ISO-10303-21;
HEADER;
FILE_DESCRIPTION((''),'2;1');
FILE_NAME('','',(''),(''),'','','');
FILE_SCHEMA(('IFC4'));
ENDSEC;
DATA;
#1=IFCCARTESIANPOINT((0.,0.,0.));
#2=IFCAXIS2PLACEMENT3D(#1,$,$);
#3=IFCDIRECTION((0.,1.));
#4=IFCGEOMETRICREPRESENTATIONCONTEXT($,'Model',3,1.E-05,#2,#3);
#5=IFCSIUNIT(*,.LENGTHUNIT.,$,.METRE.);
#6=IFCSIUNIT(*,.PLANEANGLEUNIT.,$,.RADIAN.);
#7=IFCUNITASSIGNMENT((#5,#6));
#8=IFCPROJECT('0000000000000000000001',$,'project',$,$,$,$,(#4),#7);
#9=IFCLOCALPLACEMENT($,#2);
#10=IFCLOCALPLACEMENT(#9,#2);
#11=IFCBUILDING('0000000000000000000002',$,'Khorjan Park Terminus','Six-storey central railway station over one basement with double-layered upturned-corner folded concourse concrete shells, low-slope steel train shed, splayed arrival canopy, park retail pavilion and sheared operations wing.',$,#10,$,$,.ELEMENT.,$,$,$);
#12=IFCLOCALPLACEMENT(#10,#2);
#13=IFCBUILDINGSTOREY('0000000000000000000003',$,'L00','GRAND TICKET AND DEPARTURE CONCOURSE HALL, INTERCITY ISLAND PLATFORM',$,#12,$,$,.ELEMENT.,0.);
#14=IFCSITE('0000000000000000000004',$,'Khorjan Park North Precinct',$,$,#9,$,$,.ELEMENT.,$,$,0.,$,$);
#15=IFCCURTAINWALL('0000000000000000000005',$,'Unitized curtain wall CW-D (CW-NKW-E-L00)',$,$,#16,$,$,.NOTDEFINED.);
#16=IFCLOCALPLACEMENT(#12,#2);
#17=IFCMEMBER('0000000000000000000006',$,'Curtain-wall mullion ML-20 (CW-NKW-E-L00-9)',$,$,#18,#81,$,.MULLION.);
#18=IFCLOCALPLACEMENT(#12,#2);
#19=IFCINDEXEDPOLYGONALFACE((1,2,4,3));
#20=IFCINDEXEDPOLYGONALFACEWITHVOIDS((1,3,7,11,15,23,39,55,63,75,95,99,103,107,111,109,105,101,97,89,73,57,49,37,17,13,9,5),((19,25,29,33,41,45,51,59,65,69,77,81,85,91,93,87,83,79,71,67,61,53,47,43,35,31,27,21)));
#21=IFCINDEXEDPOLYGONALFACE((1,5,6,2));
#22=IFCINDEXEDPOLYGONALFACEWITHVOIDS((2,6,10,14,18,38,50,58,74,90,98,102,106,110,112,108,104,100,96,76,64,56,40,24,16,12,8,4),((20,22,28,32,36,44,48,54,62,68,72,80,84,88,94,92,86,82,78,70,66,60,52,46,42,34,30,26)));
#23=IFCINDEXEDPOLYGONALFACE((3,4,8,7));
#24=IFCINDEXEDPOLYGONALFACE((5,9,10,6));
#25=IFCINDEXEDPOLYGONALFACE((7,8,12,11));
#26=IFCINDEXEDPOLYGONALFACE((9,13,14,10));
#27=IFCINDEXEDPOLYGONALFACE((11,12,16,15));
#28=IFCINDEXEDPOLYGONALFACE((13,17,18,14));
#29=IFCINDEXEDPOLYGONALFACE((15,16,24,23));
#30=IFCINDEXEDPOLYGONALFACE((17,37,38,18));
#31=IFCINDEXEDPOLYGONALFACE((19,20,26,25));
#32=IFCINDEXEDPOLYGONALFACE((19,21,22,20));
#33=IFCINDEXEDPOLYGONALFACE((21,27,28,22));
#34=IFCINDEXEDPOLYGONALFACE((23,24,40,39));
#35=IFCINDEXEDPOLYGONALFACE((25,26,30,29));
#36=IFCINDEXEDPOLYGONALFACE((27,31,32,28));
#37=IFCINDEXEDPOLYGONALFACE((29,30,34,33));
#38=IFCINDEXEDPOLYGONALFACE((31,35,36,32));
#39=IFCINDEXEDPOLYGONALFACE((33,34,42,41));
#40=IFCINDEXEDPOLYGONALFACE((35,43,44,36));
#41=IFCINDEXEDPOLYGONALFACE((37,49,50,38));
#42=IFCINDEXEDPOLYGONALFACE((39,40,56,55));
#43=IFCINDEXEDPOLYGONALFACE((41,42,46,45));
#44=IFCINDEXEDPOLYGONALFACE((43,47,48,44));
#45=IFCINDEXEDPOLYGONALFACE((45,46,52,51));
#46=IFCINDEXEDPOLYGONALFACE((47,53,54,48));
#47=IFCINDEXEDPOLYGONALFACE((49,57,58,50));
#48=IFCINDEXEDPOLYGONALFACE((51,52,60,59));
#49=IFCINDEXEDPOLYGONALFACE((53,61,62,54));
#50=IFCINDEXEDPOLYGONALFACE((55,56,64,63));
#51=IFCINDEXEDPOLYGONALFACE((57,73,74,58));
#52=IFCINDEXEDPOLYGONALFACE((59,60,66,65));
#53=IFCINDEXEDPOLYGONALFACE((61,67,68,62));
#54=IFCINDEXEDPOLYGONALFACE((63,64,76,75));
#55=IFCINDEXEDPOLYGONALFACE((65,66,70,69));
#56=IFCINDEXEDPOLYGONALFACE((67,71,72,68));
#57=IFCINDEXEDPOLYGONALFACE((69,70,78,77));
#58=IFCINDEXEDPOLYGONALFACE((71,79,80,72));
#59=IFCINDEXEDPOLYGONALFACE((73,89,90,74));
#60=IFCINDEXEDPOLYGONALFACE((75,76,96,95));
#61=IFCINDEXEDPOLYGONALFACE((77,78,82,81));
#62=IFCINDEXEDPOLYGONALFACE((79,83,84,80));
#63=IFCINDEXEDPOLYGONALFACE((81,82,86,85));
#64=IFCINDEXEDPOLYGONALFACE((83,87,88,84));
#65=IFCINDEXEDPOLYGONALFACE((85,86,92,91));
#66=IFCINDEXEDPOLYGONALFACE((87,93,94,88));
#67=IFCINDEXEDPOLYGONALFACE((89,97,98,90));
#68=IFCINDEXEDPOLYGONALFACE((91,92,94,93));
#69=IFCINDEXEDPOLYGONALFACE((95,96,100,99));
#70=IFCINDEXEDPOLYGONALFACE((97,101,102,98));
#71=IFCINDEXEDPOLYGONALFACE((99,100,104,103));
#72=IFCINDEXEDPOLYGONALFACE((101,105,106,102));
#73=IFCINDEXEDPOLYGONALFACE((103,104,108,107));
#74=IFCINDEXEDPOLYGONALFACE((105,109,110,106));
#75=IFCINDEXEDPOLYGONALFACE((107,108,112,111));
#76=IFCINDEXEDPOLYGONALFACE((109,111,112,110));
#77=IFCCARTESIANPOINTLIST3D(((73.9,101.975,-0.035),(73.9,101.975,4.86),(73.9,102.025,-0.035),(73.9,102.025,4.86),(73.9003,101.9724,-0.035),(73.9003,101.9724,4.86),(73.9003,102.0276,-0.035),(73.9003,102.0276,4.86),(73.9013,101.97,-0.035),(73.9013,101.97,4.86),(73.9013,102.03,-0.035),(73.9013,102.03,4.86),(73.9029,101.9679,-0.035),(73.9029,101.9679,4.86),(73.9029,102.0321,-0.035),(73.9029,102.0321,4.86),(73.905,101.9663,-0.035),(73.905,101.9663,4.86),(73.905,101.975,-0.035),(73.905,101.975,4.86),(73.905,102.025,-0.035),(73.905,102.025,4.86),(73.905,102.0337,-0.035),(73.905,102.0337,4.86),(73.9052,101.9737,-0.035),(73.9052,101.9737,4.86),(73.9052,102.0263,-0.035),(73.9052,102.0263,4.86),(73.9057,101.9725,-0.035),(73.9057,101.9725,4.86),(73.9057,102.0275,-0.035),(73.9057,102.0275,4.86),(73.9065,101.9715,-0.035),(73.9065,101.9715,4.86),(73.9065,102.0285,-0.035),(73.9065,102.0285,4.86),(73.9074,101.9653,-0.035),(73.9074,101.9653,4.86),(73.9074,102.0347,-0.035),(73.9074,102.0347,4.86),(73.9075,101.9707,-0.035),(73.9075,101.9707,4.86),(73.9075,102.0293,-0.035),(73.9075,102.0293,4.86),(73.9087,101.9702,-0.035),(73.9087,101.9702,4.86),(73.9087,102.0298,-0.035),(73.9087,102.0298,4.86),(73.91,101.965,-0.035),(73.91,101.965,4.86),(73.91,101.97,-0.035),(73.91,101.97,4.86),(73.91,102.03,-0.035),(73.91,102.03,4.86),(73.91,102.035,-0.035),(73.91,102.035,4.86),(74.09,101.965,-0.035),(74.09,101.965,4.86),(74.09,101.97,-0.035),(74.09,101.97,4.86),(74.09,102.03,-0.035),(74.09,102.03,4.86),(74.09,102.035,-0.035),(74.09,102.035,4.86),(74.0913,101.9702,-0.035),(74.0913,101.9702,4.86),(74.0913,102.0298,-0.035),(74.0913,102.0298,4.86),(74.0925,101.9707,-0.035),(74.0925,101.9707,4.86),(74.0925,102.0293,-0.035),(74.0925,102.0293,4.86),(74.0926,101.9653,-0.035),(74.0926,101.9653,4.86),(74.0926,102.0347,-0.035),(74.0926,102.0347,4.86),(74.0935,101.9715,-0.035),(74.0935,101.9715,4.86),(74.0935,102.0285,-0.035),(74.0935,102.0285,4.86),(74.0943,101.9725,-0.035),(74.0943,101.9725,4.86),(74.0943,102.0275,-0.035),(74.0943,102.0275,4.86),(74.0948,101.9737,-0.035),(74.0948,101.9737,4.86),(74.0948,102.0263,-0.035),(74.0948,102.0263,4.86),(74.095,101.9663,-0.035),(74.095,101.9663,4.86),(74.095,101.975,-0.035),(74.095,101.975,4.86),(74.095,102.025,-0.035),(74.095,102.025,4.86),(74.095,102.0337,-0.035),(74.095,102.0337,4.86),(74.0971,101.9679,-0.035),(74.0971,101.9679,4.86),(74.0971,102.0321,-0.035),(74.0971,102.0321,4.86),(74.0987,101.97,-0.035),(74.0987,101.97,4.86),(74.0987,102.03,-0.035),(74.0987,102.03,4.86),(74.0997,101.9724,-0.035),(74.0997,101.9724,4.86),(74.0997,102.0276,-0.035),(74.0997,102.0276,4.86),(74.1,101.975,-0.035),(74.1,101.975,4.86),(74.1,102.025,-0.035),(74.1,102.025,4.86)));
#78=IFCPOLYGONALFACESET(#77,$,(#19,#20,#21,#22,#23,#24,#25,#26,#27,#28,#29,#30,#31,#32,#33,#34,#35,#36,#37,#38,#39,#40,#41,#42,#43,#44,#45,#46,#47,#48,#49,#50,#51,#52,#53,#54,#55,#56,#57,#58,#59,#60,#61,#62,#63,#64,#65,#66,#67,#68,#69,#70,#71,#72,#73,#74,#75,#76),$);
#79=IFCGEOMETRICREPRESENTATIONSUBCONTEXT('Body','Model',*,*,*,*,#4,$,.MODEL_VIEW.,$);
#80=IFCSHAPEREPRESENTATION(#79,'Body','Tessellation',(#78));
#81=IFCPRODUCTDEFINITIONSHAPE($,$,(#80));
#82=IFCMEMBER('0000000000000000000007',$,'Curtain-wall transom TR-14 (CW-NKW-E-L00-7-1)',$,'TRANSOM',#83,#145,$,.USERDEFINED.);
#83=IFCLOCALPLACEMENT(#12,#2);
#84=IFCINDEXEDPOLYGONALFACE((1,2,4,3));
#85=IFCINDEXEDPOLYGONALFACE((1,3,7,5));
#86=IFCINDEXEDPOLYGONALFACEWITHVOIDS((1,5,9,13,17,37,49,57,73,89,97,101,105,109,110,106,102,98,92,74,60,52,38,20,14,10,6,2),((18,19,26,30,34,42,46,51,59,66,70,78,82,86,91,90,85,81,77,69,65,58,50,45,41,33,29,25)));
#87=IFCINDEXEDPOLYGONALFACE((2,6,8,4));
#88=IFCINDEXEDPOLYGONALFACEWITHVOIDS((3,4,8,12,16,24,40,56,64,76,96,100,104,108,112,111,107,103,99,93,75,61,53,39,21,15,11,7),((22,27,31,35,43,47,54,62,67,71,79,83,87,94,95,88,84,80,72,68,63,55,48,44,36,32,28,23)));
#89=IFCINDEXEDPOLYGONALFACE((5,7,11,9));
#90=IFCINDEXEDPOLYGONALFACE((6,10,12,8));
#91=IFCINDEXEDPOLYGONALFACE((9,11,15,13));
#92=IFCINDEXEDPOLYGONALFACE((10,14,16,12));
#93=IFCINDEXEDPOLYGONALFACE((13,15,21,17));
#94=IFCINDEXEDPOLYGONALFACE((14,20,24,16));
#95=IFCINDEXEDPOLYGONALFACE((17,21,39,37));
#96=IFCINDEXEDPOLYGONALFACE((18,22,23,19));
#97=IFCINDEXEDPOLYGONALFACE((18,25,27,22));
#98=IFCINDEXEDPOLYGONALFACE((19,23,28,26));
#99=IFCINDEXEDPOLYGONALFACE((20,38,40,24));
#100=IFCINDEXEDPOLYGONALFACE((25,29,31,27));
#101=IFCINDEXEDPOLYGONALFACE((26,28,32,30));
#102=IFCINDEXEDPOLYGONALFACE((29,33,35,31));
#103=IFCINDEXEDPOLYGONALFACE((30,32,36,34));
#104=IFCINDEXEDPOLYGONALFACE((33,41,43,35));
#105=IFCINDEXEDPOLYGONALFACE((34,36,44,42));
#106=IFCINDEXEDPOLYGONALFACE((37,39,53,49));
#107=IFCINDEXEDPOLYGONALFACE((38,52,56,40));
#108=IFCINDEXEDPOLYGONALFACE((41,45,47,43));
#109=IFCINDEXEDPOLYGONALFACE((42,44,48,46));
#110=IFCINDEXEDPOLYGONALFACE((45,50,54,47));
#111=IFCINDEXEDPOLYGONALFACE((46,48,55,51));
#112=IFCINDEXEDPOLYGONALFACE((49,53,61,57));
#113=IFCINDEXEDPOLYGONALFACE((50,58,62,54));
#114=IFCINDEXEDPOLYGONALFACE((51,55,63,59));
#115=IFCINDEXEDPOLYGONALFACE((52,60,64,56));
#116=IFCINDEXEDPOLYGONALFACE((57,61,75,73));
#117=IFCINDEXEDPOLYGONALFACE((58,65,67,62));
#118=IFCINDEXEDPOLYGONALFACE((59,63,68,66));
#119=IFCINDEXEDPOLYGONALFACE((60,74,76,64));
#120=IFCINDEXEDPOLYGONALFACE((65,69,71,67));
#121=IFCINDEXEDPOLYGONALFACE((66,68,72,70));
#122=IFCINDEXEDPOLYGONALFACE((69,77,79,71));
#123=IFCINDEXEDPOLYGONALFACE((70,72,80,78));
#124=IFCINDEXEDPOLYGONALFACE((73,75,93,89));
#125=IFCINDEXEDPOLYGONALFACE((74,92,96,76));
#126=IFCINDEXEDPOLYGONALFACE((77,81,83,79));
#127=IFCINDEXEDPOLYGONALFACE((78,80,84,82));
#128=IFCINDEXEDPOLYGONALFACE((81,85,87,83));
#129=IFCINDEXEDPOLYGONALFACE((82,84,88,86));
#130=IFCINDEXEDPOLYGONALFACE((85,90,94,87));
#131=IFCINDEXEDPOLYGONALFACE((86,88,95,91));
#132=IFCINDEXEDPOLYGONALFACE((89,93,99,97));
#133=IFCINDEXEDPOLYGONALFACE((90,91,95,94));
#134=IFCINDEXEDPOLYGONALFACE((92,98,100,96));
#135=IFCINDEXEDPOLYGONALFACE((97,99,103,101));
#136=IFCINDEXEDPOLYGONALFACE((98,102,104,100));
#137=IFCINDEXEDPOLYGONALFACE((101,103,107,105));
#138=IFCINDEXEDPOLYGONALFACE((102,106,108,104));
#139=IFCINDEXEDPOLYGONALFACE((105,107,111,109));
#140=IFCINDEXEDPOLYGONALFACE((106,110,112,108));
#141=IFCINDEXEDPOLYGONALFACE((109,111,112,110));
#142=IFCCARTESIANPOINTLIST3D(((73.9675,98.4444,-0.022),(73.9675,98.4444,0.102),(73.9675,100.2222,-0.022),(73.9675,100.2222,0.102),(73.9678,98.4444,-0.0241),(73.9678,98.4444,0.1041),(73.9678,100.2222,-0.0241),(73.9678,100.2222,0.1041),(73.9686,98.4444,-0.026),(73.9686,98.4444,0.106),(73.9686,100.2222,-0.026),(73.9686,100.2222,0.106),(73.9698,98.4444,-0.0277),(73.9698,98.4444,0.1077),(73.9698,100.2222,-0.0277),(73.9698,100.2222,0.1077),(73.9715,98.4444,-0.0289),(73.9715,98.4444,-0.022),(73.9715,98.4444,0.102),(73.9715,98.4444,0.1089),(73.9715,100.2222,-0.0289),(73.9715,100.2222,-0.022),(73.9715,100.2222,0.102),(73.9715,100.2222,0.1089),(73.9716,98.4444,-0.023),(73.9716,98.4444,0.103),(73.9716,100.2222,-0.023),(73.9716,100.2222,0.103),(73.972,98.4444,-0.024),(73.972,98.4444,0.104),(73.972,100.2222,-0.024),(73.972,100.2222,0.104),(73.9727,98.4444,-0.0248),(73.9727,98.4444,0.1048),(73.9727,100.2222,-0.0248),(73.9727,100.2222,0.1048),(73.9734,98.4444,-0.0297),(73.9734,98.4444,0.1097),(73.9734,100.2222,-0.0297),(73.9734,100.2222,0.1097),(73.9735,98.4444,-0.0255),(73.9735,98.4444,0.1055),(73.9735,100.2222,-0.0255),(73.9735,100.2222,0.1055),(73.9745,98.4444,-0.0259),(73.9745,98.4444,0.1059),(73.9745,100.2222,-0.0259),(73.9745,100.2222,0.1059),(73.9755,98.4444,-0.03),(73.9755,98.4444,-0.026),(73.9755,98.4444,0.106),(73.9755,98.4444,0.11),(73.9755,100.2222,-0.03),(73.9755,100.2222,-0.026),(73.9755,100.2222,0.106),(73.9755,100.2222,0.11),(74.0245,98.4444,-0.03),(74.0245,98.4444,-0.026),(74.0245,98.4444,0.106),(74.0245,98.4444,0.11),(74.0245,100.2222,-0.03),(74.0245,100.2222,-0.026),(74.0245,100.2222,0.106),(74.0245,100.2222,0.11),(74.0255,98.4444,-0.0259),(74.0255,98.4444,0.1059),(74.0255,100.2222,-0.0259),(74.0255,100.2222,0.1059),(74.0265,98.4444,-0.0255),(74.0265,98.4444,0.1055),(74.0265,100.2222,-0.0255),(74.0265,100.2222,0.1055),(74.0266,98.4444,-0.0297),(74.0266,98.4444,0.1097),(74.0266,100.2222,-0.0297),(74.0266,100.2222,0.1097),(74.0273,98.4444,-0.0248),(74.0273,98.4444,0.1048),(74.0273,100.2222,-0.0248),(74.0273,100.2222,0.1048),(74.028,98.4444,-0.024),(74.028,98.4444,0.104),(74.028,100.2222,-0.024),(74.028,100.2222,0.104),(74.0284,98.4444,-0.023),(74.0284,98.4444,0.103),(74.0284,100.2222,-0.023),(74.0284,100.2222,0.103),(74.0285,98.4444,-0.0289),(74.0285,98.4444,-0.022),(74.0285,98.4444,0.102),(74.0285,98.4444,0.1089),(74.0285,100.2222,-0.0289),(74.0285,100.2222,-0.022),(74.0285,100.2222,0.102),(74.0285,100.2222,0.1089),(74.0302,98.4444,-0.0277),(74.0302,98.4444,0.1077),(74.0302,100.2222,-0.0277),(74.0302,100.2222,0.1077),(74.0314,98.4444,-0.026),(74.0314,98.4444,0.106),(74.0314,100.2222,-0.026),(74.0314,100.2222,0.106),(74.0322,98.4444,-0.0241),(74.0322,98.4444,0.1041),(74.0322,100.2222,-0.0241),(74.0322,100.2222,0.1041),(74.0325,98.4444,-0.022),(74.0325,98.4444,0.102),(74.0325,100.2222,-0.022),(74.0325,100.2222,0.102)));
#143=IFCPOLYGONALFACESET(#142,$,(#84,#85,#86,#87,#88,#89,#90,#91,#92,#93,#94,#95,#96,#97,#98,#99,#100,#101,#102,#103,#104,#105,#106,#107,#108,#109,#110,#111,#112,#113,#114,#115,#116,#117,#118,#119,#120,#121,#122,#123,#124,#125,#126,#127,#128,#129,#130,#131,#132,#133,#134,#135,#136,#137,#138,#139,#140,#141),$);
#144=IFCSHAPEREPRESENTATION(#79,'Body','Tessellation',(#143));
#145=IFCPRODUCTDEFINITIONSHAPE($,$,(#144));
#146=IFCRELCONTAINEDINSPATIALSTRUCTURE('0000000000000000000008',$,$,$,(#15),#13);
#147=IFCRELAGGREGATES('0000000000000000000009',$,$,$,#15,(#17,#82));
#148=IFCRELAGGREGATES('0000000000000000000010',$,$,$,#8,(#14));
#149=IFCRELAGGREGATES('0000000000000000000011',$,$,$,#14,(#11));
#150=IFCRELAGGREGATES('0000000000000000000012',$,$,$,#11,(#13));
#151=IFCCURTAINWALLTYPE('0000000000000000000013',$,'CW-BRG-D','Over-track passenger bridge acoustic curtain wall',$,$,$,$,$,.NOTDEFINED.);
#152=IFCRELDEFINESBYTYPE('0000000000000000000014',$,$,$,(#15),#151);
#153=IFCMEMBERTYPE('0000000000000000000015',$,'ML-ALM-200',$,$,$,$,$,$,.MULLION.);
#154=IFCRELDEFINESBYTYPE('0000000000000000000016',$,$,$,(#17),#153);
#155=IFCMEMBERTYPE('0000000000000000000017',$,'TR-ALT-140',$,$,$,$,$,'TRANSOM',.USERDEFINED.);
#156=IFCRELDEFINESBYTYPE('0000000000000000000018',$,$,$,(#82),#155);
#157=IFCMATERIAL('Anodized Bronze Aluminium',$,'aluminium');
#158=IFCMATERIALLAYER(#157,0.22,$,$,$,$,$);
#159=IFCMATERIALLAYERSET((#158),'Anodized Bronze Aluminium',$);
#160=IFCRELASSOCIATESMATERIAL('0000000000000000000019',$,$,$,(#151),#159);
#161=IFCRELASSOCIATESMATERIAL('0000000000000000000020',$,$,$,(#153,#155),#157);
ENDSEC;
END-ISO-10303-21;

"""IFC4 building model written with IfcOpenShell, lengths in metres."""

from ifc_helpers import new_model, si_unit, direction, frame, origin, origin_2d, place, context, subcontext, project, spatial, hollow_rectangle, extrude, material, layer, layer_set, material_profile, profile_set, type_object, element, aggregate, save


model = new_model("IFC4")

# Units and contexts
model_context = context("Model", 3, precision=1e-05, world=origin(), true_north=direction((0.0, 1.0)))
body_context = subcontext(model_context, "Body", "Model", "MODEL_VIEW")
ifc_project = project(units=[si_unit("LENGTHUNIT", "METRE"), si_unit("PLANEANGLEUNIT", "RADIAN")], contexts=[model_context])

# Site, building, storey
site_placement = place(None, origin())
site = spatial("IfcSite", under=ifc_project, at=site_placement, Name="Khorjan Park North Precinct", CompositionType="ELEMENT", RefElevation=0.0)
building_placement = place(site_placement, origin())
building = spatial("IfcBuilding", under=site, at=building_placement, Name="Khorjan Park Terminus", Description="Six-storey central railway station over one basement with double-layered upturned-corner folded concourse concrete shells, low-slope steel train shed, splayed arrival canopy, park retail pavilion and sheared operations wing.", CompositionType="ELEMENT")
storey_placement = place(building_placement, origin())
storey = spatial("IfcBuildingStorey", under=building, at=storey_placement, Name="L00", Description="GRAND TICKET AND DEPARTURE CONCOURSE HALL, INTERCITY ISLAND PLATFORM", CompositionType="ELEMENT", Elevation=0.0)

# Curtain wall, members
ifc_material_1 = material(Name="Anodized Bronze Aluminium", Category="aluminium")
ifc_layer_1 = layer(ifc_material_1, 0.22)
ifc_layer_set_1 = layer_set([ifc_layer_1], Name="Anodized Bronze Aluminium")
curtain_wall_type = type_object("IfcCurtainWallType", Name="CW-BRG-D", Description="Over-track passenger bridge acoustic curtain wall", PredefinedType="NOTDEFINED", material=ifc_layer_set_1)
curtain_wall_placement = place(storey_placement, origin())
curtain_wall = element("IfcCurtainWall", 1, at=curtain_wall_placement, inside=storey, type_object=curtain_wall_type, Name="Unitized curtain wall CW-D (CW-NKW-E-L00)", PredefinedType="NOTDEFINED")
ifc_material_profile_1 = material_profile(ifc_material_1, hollow_rectangle(XDim=0.07, YDim=0.2, WallThickness=0.005, InnerFilletRadius=0.005, OuterFilletRadius=0.01, at=origin_2d()), Name="ALM 70x200x5")
ifc_profile_set_1 = profile_set([ifc_material_profile_1], Name="Anodized Bronze Aluminium")
member_type_1 = type_object("IfcMemberType", Name="ML-ALM-200", PredefinedType="MULLION", material=ifc_profile_set_1)
member_1_placement = place(storey_placement, frame((74.0, 102.0, -0.035), z_axis=(0.0, 0.0, 1.0), x_axis=(0.0, 1.0, 0.0)))
member_1 = element("IfcMember", 2, at=member_1_placement, type_object=member_type_1, Name="Curtain-wall mullion ML-20 (CW-NKW-E-L00-9)", PredefinedType="MULLION", context=body_context, shape_type="SweptSolid", body=[
    extrude(hollow_rectangle(XDim=0.07, YDim=0.2, WallThickness=0.005, InnerFilletRadius=0.005, OuterFilletRadius=0.01, at=origin_2d()), origin(), (0.0, 0.0, 1.0), 4.895),
])
ifc_material_profile_2 = material_profile(ifc_material_1, hollow_rectangle(XDim=0.065, YDim=0.14, WallThickness=0.004, InnerFilletRadius=0.004, OuterFilletRadius=0.008, at=origin_2d()), Name="ALT 65x140x4")
ifc_profile_set_2 = profile_set([ifc_material_profile_2], Name="Anodized Bronze Aluminium")
member_type_2 = type_object("IfcMemberType", Name="TR-ALT-140", ElementType="TRANSOM", PredefinedType="USERDEFINED", material=ifc_profile_set_2)
member_2_placement = place(storey_placement, frame((74.0, 98.4444, 0.04), z_axis=(0.0, 1.0, 0.0), x_axis=(-1.0, 0.0, 0.0)))
member_2 = element("IfcMember", 3, at=member_2_placement, type_object=member_type_2, Name="Curtain-wall transom TR-14 (CW-NKW-E-L00-7-1)", ObjectType="TRANSOM", PredefinedType="USERDEFINED", context=body_context, shape_type="SweptSolid", body=[
    extrude(hollow_rectangle(XDim=0.065, YDim=0.14, WallThickness=0.004, InnerFilletRadius=0.004, OuterFilletRadius=0.008, at=origin_2d()), origin(), (0.0, 0.0, 1.0), 1.7778),
])
aggregate(curtain_wall, [member_1, member_2])

save(model, "model.ifc")
